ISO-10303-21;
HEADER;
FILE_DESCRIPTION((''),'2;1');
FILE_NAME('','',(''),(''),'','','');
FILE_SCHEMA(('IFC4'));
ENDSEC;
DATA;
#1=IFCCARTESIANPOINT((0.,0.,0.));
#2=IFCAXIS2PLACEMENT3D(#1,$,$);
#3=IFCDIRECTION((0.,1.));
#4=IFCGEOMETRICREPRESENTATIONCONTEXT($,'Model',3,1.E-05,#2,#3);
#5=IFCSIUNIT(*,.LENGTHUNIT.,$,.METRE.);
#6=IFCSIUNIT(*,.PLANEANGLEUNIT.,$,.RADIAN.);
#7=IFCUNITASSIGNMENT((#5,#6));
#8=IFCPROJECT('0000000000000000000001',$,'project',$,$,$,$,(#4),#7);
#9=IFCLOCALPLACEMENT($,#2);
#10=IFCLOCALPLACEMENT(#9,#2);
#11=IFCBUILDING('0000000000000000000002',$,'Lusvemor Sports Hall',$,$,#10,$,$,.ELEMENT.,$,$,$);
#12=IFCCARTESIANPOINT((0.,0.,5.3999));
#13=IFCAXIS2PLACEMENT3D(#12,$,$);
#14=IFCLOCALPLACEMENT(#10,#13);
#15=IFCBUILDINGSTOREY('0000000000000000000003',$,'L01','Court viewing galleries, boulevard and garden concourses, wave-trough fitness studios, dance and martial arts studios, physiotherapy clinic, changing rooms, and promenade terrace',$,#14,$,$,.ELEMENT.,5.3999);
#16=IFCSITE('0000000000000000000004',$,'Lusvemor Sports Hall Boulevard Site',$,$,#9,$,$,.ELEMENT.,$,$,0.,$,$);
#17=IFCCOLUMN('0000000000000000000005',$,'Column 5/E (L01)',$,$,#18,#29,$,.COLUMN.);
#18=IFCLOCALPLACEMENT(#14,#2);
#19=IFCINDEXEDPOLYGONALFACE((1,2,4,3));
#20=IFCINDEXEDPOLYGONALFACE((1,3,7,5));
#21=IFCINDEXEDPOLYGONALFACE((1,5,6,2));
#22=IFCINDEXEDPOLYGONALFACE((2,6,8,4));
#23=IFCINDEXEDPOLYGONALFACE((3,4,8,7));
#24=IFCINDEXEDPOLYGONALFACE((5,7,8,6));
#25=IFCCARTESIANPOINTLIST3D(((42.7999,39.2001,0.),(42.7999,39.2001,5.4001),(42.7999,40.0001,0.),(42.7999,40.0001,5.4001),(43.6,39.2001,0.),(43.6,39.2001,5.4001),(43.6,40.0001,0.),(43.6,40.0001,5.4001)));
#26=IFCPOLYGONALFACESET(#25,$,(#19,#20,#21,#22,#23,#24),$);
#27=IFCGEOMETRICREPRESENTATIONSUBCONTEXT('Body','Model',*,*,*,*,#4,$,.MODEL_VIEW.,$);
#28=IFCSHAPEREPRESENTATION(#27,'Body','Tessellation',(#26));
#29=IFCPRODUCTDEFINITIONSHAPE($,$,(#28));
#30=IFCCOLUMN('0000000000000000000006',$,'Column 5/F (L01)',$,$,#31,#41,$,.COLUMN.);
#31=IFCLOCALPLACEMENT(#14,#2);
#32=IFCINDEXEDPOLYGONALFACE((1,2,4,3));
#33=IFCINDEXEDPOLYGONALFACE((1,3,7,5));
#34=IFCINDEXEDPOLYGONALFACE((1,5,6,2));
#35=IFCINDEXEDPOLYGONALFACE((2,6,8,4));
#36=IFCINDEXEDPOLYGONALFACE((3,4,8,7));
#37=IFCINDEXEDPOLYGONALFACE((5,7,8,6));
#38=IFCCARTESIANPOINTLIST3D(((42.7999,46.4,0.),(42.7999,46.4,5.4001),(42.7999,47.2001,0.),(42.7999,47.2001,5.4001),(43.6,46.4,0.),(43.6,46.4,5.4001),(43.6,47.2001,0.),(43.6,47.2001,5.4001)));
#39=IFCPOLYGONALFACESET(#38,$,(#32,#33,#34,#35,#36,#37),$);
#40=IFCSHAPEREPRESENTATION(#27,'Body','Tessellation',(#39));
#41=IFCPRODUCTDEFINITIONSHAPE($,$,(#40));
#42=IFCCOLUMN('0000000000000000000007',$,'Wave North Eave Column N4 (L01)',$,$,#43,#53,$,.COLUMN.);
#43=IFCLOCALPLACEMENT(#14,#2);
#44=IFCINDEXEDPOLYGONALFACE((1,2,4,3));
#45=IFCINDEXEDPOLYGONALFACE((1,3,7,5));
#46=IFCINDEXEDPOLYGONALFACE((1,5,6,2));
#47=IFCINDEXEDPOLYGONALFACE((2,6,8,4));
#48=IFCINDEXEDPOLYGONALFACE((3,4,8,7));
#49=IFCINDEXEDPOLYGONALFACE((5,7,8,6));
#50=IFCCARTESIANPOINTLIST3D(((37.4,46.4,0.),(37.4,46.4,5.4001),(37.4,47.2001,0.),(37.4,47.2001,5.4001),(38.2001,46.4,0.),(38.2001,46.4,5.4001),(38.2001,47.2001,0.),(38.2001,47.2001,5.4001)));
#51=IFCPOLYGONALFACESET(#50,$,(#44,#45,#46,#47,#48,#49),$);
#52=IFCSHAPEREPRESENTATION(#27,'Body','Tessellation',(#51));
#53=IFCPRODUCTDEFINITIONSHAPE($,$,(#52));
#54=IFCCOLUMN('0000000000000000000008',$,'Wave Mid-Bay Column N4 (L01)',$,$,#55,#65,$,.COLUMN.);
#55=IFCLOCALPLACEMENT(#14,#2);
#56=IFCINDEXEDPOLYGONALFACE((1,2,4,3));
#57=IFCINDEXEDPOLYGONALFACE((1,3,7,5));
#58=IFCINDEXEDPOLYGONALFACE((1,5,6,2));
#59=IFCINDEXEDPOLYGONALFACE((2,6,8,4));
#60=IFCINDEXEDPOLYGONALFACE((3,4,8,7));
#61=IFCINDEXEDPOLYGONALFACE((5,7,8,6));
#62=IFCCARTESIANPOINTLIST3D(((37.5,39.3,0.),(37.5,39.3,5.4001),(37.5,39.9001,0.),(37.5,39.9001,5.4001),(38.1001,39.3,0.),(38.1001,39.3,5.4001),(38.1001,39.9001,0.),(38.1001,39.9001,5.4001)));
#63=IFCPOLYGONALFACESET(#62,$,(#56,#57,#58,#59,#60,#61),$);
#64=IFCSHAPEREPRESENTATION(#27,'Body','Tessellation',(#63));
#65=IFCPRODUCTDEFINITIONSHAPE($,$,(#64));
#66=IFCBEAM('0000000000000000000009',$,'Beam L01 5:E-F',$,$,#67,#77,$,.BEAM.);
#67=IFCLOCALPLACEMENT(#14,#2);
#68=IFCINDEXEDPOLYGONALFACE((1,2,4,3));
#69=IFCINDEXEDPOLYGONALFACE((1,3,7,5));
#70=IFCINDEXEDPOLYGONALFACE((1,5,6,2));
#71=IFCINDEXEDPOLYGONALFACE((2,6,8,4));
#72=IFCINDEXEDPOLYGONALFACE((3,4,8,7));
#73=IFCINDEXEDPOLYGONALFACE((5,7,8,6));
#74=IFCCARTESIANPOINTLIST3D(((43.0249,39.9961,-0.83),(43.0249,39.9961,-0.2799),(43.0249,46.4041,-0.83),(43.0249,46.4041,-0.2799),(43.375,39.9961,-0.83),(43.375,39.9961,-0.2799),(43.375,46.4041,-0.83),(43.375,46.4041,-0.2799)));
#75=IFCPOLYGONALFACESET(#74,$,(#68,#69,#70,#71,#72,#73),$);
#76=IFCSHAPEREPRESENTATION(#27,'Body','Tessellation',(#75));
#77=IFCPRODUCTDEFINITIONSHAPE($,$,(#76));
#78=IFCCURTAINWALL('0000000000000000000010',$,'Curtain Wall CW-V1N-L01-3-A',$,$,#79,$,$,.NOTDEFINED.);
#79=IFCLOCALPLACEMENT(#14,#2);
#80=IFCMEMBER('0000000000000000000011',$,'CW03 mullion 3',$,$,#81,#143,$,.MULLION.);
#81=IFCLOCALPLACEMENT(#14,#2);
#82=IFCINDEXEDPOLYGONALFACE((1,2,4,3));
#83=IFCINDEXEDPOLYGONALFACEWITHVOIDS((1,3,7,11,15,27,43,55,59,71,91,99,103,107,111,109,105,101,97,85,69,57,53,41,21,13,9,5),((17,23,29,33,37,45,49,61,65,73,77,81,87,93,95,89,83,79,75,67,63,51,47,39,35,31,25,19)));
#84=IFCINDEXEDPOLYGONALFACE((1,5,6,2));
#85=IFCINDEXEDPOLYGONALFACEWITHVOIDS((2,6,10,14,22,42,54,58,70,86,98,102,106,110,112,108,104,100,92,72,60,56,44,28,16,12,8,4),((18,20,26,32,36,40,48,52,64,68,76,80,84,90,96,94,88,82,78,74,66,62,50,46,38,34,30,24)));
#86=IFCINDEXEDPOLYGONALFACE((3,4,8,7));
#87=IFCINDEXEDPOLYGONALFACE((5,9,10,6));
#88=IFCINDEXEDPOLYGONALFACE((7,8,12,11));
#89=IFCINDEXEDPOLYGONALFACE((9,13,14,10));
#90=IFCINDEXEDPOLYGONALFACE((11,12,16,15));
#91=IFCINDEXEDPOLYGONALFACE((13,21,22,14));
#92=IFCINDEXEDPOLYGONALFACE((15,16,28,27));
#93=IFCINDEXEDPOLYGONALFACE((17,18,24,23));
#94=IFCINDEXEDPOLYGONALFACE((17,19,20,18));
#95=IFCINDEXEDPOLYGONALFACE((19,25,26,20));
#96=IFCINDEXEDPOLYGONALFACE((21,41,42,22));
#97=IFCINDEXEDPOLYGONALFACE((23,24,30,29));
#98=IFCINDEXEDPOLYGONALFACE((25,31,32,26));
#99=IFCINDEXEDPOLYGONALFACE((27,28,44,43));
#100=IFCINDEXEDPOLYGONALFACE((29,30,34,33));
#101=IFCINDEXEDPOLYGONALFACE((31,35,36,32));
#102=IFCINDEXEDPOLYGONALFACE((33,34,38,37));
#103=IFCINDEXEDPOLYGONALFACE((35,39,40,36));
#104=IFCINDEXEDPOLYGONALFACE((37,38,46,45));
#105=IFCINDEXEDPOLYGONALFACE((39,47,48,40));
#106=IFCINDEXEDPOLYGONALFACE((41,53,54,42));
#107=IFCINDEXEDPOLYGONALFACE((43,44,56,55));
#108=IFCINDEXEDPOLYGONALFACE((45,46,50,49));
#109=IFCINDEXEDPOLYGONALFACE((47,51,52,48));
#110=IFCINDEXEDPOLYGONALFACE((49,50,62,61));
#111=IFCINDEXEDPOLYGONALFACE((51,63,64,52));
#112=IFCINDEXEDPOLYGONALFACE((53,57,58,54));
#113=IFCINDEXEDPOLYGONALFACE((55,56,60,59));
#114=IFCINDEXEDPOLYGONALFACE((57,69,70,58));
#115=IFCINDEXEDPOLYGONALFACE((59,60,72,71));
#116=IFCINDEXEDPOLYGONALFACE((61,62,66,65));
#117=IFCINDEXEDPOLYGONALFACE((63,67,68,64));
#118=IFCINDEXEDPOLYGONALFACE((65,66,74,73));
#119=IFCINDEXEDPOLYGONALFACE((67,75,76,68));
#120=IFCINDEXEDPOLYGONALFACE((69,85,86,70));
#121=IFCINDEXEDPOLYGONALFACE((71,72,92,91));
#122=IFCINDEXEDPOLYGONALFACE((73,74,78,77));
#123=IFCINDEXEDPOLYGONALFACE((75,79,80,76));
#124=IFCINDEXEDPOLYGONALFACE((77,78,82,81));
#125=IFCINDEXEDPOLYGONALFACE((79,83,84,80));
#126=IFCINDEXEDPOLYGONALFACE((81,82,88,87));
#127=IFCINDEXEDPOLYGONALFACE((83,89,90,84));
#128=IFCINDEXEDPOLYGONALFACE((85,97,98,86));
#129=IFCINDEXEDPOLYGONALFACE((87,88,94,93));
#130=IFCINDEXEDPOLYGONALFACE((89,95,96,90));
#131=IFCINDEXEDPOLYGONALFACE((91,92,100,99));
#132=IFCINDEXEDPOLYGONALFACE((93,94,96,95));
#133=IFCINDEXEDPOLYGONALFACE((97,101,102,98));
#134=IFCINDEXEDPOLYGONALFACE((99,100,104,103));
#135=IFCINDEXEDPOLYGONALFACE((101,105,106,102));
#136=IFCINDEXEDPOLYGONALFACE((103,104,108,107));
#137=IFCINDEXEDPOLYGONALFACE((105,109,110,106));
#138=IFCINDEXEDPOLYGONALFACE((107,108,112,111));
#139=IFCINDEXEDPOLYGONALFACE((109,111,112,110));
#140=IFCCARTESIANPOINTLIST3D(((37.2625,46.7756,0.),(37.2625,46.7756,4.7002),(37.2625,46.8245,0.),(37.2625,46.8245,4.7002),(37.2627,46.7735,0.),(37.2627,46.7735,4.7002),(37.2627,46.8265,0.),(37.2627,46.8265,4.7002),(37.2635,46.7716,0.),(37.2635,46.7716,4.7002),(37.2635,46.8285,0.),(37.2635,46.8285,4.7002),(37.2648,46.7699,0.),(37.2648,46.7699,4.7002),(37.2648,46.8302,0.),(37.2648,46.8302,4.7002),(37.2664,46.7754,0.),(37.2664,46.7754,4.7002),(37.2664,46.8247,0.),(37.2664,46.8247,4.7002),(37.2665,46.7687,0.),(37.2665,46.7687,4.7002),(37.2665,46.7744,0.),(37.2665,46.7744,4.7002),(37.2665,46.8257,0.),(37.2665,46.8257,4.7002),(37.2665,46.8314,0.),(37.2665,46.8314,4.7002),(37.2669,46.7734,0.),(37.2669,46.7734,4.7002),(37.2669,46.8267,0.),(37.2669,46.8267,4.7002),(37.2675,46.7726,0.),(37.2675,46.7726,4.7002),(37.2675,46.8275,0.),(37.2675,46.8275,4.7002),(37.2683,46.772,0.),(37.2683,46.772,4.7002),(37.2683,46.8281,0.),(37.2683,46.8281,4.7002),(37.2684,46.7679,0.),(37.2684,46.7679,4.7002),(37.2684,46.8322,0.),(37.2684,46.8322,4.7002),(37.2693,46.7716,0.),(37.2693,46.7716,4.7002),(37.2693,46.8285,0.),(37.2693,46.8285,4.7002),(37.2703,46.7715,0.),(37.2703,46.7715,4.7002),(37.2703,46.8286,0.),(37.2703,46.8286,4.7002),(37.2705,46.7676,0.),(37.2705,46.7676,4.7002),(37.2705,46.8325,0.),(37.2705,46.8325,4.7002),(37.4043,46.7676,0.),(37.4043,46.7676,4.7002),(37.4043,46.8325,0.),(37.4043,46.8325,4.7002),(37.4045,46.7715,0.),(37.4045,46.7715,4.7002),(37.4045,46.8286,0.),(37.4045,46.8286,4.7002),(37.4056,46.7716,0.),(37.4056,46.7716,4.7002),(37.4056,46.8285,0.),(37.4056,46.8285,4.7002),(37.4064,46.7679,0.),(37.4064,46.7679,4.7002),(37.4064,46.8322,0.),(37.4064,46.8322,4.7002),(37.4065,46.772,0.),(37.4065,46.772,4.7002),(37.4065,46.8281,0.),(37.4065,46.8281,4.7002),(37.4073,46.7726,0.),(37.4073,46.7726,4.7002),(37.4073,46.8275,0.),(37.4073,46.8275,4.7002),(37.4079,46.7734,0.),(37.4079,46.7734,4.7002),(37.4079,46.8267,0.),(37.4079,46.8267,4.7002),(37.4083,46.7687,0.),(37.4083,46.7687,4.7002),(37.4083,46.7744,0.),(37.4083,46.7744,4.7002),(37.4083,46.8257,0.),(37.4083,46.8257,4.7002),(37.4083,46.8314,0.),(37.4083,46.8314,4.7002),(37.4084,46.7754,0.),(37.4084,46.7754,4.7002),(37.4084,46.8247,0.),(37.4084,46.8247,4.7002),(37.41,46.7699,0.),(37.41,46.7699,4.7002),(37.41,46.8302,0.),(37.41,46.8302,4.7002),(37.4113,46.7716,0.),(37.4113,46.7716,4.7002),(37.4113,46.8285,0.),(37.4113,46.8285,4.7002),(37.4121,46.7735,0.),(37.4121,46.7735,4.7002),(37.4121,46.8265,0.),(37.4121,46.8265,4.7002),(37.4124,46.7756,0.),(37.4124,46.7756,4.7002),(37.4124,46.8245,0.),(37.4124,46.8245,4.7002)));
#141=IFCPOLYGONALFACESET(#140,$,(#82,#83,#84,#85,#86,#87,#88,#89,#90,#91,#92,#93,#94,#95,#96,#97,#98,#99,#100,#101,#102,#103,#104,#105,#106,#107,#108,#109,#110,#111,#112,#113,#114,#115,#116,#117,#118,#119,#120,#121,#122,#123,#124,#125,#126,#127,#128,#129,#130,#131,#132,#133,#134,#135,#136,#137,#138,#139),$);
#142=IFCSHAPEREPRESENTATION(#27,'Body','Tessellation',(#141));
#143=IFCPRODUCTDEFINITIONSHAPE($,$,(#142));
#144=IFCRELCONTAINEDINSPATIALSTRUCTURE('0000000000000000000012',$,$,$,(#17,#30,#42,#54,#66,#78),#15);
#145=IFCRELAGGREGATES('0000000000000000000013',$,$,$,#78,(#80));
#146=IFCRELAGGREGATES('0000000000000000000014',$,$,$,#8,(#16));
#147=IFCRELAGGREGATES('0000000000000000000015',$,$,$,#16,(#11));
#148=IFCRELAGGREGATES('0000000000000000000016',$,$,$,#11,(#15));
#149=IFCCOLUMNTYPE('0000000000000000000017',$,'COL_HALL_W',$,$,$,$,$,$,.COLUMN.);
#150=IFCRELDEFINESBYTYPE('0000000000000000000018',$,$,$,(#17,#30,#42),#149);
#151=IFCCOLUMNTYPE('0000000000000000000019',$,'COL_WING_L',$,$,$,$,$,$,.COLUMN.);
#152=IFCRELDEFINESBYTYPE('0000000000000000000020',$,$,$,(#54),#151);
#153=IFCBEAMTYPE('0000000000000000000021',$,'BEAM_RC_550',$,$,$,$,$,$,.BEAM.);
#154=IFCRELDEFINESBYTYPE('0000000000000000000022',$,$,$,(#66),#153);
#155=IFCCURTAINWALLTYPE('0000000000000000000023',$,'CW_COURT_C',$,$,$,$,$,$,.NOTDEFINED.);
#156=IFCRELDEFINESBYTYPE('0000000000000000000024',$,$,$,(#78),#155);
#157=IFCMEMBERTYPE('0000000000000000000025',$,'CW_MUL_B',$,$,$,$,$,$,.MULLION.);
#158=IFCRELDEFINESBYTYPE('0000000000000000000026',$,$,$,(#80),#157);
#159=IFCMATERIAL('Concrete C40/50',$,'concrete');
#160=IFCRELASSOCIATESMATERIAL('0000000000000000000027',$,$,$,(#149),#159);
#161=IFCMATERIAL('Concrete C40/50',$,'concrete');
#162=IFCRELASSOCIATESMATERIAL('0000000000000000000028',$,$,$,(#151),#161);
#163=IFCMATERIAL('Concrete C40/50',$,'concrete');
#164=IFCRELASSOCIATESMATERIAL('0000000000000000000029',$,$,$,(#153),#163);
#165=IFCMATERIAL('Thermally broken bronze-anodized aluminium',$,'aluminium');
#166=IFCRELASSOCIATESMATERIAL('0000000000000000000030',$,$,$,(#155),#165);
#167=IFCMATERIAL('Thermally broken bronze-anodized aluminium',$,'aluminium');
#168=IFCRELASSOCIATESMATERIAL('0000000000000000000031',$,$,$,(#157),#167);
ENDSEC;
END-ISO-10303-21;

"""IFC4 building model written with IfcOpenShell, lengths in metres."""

from ifc_helpers import new_model, si_unit, direction, frame, origin, origin_2d, place, context, subcontext, project, spatial, rectangle, hollow_rectangle, extrude, material, material_profile, profile_set, type_object, element, aggregate, save


model = new_model("IFC4")

# Units and contexts
model_context = context("Model", 3, precision=1e-05, world=origin(), true_north=direction((0.0, 1.0)))
body_context = subcontext(model_context, "Body", "Model", "MODEL_VIEW")
ifc_project = project(units=[si_unit("LENGTHUNIT", "METRE"), si_unit("PLANEANGLEUNIT", "RADIAN")], contexts=[model_context])

# Site, building, storey
site_placement = place(None, origin())
site = spatial("IfcSite", under=ifc_project, at=site_placement, Name="Lusvemor Sports Hall Boulevard Site", CompositionType="ELEMENT", RefElevation=0.0)
building_placement = place(site_placement, origin())
building = spatial("IfcBuilding", under=site, at=building_placement, Name="Lusvemor Sports Hall", CompositionType="ELEMENT")
storey_placement = place(building_placement, frame((0.0, 0.0, 5.3999)))
storey = spatial("IfcBuildingStorey", under=building, at=storey_placement, Name="L01", Description="Court viewing galleries, boulevard and garden concourses, wave-trough fitness studios, dance and martial arts studios, physiotherapy clinic, changing rooms, and promenade terrace", CompositionType="ELEMENT", Elevation=5.3999)

# Columns
ifc_material_1 = material(Name="Concrete C40/50", Category="concrete")
ifc_material_profile_1 = material_profile(ifc_material_1, rectangle(XDim=0.8, YDim=0.8, at=origin_2d()), Name="RC800x800")
ifc_profile_set_1 = profile_set([ifc_material_profile_1], Name="Concrete C40/50")
column_type_1 = type_object("IfcColumnType", Name="COL_HALL_W", PredefinedType="COLUMN", material=ifc_profile_set_1)
for number, where, z_axis, x_axis, name in (
    (1, (43.2, 39.6001, 0.0), (0.0, 0.0, 1.0), (1.0, 0.0, 0.0), "Column 5/E (L01)"),
    (2, (43.2, 46.8, 0.0), (0.0, 0.0, 1.0), (1.0, 0.0, 0.0), "Column 5/F (L01)"),
    (3, (37.8, 46.8, 0.0), (0.0, 0.0, 1.0), (1.0, 0.0, 0.0), "Wave North Eave Column N4 (L01)"),
):
    element("IfcColumn", number, at=place(storey_placement, frame(where, z_axis=z_axis, x_axis=x_axis)), inside=storey, type_object=column_type_1, Name=name, PredefinedType="COLUMN", context=body_context, shape_type="SweptSolid", body=[
        extrude(rectangle(XDim=0.8, YDim=0.8, at=origin_2d()), origin(), (0.0, 0.0, 1.0), 5.4001),
    ])
ifc_material_2 = material(Name="Concrete C40/50", Category="concrete")
ifc_material_profile_2 = material_profile(ifc_material_2, rectangle(XDim=0.6001, YDim=0.6001, at=origin_2d()), Name="RC600x600")
ifc_profile_set_2 = profile_set([ifc_material_profile_2], Name="Concrete C40/50")
column_type_2 = type_object("IfcColumnType", Name="COL_WING_L", PredefinedType="COLUMN", material=ifc_profile_set_2)
column_placement = place(storey_placement, frame((37.8, 39.6001, 0.0), z_axis=(0.0, 0.0, 1.0), x_axis=(1.0, 0.0, 0.0)))
element("IfcColumn", 4, at=column_placement, inside=storey, type_object=column_type_2, Name="Wave Mid-Bay Column N4 (L01)", PredefinedType="COLUMN", context=body_context, shape_type="SweptSolid", body=[
    extrude(rectangle(XDim=0.6001, YDim=0.6001, at=origin_2d()), origin(), (0.0, 0.0, 1.0), 5.4001),
])

# Beam
ifc_material_3 = material(Name="Concrete C40/50", Category="concrete")
ifc_material_profile_3 = material_profile(ifc_material_3, rectangle(XDim=0.3501, YDim=0.55, at=origin_2d()), Name="RC350x550")
ifc_profile_set_3 = profile_set([ifc_material_profile_3], Name="Concrete C40/50")
beam_type_1 = type_object("IfcBeamType", Name="BEAM_RC_550", PredefinedType="BEAM", material=ifc_profile_set_3)
beam_1_placement = place(storey_placement, frame((43.2, 39.9961, -0.5549), z_axis=(0.0, 1.0, 0.0), x_axis=(-1.0, 0.0, 0.0)))
element("IfcBeam", 5, at=beam_1_placement, inside=storey, type_object=beam_type_1, Name="Beam L01 5:E-F", PredefinedType="BEAM", context=body_context, shape_type="SweptSolid", body=[
    extrude(rectangle(XDim=0.3501, YDim=0.55, at=origin_2d()), origin(), (0.0, 0.0, 1.0), 6.408),
])

# Curtain wall, member
ifc_material_4 = material(Name="Thermally broken bronze-anodized aluminium", Category="aluminium")
curtain_wall_type = type_object("IfcCurtainWallType", Name="CW_COURT_C", PredefinedType="NOTDEFINED", material=ifc_material_4)
curtain_wall_1_placement = place(storey_placement, origin())
curtain_wall_1 = element("IfcCurtainWall", 6, at=curtain_wall_1_placement, inside=storey, type_object=curtain_wall_type, Name="Curtain Wall CW-V1N-L01-3-A", PredefinedType="NOTDEFINED")
ifc_material_5 = material(Name="Thermally broken bronze-anodized aluminium", Category="aluminium")
ifc_material_profile_4 = material_profile(ifc_material_5, hollow_rectangle(XDim=0.0649, YDim=0.1499, WallThickness=0.0039, InnerFilletRadius=0.0039, OuterFilletRadius=0.0081, at=origin_2d()), Name="CWMUL150x65x4")
ifc_profile_set_4 = profile_set([ifc_material_profile_4], Name="Thermally broken bronze-anodized aluminium")
member_type_1 = type_object("IfcMemberType", Name="CW_MUL_B", PredefinedType="MULLION", material=ifc_profile_set_4)
member_1_placement = place(storey_placement, frame((37.3374, 46.8, 0.0), z_axis=(0.0, 0.0, 1.0), x_axis=(0.0, 1.0, 0.0)))
member_1 = element("IfcMember", 7, at=member_1_placement, type_object=member_type_1, Name="CW03 mullion 3", PredefinedType="MULLION", context=body_context, shape_type="SweptSolid", body=[
    extrude(hollow_rectangle(XDim=0.0649, YDim=0.1499, WallThickness=0.0039, InnerFilletRadius=0.0039, OuterFilletRadius=0.0081, at=origin_2d()), origin(), (0.0, 0.0, 1.0), 4.7002),
])

aggregate(curtain_wall_1, [member_1])

save(model, "model.ifc")
